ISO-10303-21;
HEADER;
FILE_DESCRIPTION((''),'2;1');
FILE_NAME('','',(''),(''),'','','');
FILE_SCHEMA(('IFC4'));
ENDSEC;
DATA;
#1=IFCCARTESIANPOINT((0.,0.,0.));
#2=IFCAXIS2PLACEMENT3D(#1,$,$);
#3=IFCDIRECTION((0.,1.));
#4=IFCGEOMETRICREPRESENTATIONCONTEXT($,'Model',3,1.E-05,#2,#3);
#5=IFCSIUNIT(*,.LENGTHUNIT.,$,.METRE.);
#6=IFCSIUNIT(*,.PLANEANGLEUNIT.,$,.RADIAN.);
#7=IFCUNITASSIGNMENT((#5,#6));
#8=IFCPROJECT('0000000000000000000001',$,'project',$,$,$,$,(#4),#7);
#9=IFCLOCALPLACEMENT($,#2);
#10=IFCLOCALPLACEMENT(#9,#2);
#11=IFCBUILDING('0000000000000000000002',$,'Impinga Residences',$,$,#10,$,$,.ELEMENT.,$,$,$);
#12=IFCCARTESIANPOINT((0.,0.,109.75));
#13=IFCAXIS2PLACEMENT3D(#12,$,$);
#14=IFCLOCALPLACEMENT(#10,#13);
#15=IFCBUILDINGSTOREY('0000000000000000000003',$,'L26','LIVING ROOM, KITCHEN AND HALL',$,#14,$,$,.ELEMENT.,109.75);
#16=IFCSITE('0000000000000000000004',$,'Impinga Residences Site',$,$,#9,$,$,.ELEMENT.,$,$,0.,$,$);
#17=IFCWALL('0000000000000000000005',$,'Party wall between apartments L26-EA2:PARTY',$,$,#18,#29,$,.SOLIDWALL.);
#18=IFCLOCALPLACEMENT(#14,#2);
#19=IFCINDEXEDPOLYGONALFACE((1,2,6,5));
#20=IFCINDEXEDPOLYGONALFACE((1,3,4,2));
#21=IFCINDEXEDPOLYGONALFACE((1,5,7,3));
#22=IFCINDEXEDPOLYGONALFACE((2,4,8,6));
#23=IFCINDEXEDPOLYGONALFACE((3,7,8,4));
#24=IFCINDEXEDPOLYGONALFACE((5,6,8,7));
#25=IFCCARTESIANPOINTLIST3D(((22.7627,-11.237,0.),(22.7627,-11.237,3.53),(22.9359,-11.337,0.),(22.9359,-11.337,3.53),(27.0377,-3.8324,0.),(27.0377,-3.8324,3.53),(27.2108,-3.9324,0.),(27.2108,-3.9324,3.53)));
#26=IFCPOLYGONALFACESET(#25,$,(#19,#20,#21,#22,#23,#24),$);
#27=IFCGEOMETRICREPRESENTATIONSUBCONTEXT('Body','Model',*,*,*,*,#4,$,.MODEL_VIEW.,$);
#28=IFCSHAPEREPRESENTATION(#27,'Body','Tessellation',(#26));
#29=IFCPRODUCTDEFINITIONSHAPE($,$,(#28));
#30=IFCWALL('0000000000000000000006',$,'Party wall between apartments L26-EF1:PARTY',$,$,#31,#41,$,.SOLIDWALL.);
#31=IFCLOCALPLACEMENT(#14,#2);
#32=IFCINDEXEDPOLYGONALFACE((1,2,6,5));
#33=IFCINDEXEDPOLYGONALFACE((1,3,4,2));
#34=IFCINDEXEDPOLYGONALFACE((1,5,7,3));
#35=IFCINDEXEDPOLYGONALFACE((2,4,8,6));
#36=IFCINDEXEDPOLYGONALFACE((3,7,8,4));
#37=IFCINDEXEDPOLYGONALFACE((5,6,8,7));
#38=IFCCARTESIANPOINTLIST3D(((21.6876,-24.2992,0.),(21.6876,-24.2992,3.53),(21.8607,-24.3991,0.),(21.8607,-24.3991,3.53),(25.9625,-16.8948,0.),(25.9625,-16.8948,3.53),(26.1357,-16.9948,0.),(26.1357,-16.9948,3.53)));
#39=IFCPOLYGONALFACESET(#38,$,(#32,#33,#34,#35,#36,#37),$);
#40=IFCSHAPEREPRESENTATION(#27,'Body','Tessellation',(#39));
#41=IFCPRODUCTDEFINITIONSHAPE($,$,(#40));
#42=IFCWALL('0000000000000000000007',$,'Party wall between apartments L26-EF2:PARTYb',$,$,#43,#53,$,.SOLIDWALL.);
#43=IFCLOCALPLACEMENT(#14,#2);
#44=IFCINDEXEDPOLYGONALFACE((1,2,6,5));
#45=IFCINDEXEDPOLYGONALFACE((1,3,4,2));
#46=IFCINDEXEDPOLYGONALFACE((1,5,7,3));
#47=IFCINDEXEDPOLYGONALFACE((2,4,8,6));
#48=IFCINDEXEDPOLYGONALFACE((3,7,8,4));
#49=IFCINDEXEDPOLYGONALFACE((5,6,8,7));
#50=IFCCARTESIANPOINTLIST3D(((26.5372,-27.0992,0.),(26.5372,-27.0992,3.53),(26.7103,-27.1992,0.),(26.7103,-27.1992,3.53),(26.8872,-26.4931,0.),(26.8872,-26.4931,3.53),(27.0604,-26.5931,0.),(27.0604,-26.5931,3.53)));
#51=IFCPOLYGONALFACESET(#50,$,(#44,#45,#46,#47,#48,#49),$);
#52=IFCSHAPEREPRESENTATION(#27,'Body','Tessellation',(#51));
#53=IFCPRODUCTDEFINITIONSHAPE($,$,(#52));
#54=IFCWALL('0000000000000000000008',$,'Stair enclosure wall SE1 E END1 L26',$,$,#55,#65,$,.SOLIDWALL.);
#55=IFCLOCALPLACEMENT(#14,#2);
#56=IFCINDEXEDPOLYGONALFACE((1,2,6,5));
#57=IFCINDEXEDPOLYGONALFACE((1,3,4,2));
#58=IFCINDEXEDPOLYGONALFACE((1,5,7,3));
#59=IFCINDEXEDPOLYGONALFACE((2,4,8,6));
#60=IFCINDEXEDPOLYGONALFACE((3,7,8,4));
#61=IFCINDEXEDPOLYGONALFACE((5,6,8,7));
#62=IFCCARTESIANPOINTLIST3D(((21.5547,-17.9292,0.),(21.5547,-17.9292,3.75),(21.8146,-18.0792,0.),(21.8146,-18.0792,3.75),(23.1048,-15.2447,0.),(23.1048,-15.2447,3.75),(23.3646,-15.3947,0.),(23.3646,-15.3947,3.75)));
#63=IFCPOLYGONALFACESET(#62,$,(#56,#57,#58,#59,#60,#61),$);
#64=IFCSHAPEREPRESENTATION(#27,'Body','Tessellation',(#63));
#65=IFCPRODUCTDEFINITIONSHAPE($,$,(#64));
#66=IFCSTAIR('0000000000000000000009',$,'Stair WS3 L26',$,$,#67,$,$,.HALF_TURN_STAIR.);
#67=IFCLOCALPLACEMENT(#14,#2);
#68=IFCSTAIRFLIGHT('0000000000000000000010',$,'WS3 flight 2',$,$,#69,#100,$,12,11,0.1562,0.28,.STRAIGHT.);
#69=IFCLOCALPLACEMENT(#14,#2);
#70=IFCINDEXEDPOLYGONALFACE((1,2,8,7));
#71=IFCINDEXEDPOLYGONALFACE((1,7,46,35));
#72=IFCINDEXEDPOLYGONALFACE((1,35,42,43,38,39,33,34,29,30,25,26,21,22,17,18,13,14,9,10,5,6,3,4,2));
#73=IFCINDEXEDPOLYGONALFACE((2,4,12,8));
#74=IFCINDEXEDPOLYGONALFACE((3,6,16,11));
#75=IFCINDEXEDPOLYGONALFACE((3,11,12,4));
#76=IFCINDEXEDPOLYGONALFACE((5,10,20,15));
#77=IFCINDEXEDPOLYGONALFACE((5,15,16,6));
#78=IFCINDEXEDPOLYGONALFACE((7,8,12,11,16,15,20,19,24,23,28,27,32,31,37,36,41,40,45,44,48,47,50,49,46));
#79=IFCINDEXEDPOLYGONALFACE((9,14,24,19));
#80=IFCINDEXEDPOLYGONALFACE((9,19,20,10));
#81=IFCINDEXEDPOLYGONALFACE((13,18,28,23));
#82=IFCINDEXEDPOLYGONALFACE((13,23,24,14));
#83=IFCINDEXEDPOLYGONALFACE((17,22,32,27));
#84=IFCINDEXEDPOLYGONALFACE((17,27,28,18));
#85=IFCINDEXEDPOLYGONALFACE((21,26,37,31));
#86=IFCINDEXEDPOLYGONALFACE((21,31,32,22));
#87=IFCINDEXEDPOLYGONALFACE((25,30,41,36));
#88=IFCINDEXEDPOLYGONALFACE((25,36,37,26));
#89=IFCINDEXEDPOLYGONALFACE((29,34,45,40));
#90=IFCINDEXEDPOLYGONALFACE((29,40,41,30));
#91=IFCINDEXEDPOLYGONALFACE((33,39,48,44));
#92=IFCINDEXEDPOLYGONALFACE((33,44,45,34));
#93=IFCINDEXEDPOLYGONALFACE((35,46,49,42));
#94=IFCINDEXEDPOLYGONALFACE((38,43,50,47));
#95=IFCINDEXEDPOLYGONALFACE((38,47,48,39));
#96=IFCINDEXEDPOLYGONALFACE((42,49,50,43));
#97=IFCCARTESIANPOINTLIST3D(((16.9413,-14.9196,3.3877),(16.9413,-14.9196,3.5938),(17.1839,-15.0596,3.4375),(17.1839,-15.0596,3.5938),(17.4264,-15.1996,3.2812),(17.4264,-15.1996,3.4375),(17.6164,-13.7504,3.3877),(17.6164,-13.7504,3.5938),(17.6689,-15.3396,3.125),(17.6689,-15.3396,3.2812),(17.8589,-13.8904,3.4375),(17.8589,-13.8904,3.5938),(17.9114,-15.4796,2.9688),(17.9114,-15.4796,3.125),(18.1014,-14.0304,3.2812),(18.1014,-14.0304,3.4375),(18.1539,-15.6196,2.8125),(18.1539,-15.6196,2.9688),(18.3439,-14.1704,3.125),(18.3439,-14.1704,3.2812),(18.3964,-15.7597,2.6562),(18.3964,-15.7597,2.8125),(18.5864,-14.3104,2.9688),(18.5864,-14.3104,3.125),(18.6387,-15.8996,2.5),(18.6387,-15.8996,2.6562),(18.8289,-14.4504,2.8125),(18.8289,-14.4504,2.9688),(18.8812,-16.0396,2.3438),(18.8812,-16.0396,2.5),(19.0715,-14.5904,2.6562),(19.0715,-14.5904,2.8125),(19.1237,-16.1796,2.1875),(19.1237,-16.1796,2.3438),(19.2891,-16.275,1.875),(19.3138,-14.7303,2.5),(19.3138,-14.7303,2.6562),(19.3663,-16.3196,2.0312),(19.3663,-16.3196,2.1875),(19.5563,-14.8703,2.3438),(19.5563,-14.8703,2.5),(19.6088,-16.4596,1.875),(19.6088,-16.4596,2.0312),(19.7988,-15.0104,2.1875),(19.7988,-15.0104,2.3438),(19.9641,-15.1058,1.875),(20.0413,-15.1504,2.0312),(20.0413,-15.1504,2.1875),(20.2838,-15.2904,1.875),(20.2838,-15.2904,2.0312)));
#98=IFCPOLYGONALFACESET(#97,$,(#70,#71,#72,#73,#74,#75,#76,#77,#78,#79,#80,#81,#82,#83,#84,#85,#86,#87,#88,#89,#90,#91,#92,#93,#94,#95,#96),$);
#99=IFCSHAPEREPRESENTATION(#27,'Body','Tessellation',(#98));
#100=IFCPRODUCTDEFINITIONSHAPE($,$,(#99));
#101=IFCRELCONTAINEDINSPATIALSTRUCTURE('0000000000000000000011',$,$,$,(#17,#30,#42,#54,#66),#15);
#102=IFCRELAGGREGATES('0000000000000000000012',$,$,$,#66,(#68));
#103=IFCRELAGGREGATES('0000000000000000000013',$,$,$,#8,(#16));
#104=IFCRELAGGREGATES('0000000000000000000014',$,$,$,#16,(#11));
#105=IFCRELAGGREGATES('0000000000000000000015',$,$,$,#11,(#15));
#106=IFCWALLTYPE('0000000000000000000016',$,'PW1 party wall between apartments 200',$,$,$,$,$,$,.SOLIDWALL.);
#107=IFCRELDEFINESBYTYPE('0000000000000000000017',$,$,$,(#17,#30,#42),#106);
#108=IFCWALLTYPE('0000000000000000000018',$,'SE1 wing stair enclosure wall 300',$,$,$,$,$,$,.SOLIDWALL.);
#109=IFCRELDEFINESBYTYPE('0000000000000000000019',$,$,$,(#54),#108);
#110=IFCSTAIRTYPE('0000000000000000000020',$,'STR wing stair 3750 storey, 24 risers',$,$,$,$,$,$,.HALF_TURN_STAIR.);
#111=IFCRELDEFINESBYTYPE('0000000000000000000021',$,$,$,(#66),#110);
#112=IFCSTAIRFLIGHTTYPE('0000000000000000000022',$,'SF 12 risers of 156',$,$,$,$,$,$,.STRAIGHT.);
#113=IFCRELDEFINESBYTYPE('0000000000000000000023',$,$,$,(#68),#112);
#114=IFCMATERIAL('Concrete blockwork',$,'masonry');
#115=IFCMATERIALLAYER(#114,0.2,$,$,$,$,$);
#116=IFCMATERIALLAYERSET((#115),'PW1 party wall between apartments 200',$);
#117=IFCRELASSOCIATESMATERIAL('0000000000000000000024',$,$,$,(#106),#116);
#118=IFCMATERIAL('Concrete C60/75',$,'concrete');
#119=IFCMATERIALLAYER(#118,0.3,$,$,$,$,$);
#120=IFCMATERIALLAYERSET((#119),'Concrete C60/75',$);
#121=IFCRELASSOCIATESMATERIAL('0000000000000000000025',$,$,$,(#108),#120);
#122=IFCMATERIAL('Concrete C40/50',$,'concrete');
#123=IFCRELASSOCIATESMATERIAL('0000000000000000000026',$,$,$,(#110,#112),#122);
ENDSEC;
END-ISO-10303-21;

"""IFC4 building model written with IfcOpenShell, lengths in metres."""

from ifc_helpers import new_model, si_unit, direction, frame, frame_2d, origin, place, context, subcontext, project, spatial, polyline, rectangle, outline, extrude, material, layer, layer_set, type_object, element, aggregate, save


model = new_model("IFC4")

# Units and contexts
model_context = context("Model", 3, precision=1e-05, world=origin(), true_north=direction((0.0, 1.0)))
body_context = subcontext(model_context, "Body", "Model", "MODEL_VIEW")
ifc_project = project(units=[si_unit("LENGTHUNIT", "METRE"), si_unit("PLANEANGLEUNIT", "RADIAN")], contexts=[model_context])

# Site, building, storey
site_placement = place(None, origin())
site = spatial("IfcSite", under=ifc_project, at=site_placement, Name="Impinga Residences Site", CompositionType="ELEMENT", RefElevation=0.0)
building_placement = place(site_placement, origin())
building = spatial("IfcBuilding", under=site, at=building_placement, Name="Impinga Residences", CompositionType="ELEMENT")
storey_placement = place(building_placement, frame((0.0, 0.0, 109.75)))
storey = spatial("IfcBuildingStorey", under=building, at=storey_placement, Name="L26", Description="LIVING ROOM, KITCHEN AND HALL", CompositionType="ELEMENT", Elevation=109.75)

# Shared definitions
ifc_material_1 = material(Name="Concrete C60/75", Category="concrete")

# Walls
ifc_material_2 = material(Name="Concrete blockwork", Category="masonry")
ifc_layer_1 = layer(ifc_material_2, 0.2)
ifc_layer_set_1 = layer_set([ifc_layer_1], Name="PW1 party wall between apartments 200")
wall_type_1 = type_object("IfcWallType", Name="PW1 party wall between apartments 200", PredefinedType="SOLIDWALL", material=ifc_layer_set_1)
wall_1_placement = place(storey_placement, frame((22.8494, -11.2869, 0.0), z_axis=(0.0, 0.0, 1.0), x_axis=(0.49999, 0.866031, 0.0)))
element("IfcWall", 1, at=wall_1_placement, inside=storey, type_object=wall_type_1, Name="Party wall between apartments L26-EA2:PARTY", PredefinedType="SOLIDWALL", context=body_context, shape_type="SweptSolid", body=[
    extrude(rectangle(XDim=8.55, YDim=0.2, at=frame_2d((4.2749, 0.0))), origin(), (0.0, 0.0, 1.0), 3.53),
])
wall_2_placement = place(storey_placement, frame((26.0491, -16.9448, 0.0), z_axis=(0.0, 0.0, 1.0), x_axis=(-0.500003, -0.866024, 0.0)))
element("IfcWall", 2, at=wall_2_placement, inside=storey, type_object=wall_type_1, Name="Party wall between apartments L26-EF1:PARTY", PredefinedType="SOLIDWALL", context=body_context, shape_type="SweptSolid", body=[
    extrude(rectangle(XDim=8.5498, YDim=0.2, at=frame_2d((4.2749, 0.0))), origin(), (0.0, 0.0, 1.0), 3.53),
])
wall_3_placement = place(storey_placement, frame((26.9739, -26.543, 0.0), z_axis=(0.0, 0.0, 1.0), x_axis=(-0.500115, -0.865959, 0.0)))
element("IfcWall", 3, at=wall_3_placement, inside=storey, type_object=wall_type_1, Name="Party wall between apartments L26-EF2:PARTYb", PredefinedType="SOLIDWALL", context=body_context, shape_type="SweptSolid", body=[
    extrude(rectangle(XDim=0.7, YDim=0.2, at=frame_2d((0.3501, 0.0))), origin(), (0.0, 0.0, 1.0), 3.53),
])
ifc_layer_2 = layer(ifc_material_1, 0.3)
ifc_layer_set_2 = layer_set([ifc_layer_2], Name="Concrete C60/75")
wall_type_2 = type_object("IfcWallType", Name="SE1 wing stair enclosure wall 300", PredefinedType="SOLIDWALL", material=ifc_layer_set_2)
wall_4_placement = place(storey_placement, frame((23.2346, -15.3198, 0.0), z_axis=(0.0, 0.0, 1.0), x_axis=(-0.500027, -0.86601, 0.0)))
element("IfcWall", 4, at=wall_4_placement, inside=storey, type_object=wall_type_2, Name="Stair enclosure wall SE1 E END1 L26", PredefinedType="SOLIDWALL", context=body_context, shape_type="SweptSolid", body=[
    extrude(rectangle(XDim=3.0999, YDim=0.3, at=frame_2d((1.5498, 0.0))), origin(), (0.0, 0.0, 1.0), 3.75),
])

# Stair, stair flight
ifc_material_3 = material(Name="Concrete C40/50", Category="concrete")
stair_type = type_object("IfcStairType", Name="STR wing stair 3750 storey, 24 risers", PredefinedType="HALF_TURN_STAIR", material=ifc_material_3)
stair_placement = place(storey_placement, origin())
stair = element("IfcStair", 5, at=stair_placement, inside=storey, type_object=stair_type, Name="Stair WS3 L26", PredefinedType="HALF_TURN_STAIR")
stair_flight_type = type_object("IfcStairFlightType", Name="SF 12 risers of 156", PredefinedType="STRAIGHT", material=ifc_material_3)
stair_flight_placement = place(storey_placement, frame((19.9463, -15.875, 1.875), z_axis=(0.0, 0.0, 1.0), x_axis=(-0.866025, 0.5, 0.0)))
stair_flight = element("IfcStairFlight", 6, at=stair_flight_placement, type_object=stair_flight_type, Name="WS3 flight 2", NumberOfRisers=12, NumberOfTreads=11, PredefinedType="STRAIGHT", RiserHeight=0.1562, TreadLength=0.28, context=body_context, shape_type="SweptSolid", body=[
    extrude(outline(polyline([(0.0, 0.0), (0.0, 0.1562), (0.28, 0.1562), (0.28, 0.3125), (0.5601, 0.3125), (0.5601, 0.4688), (0.8401, 0.4688), (0.8401, 0.625), (1.1201, 0.625), (1.1201, 0.7812), (1.3999, 0.7812), (1.3999, 0.9375), (1.6799, 0.9375), (1.6799, 1.0938), (1.96, 1.0938), (1.96, 1.25), (2.24, 1.25), (2.24, 1.4062), (2.52, 1.4062), (2.52, 1.5625), (2.8, 1.5625), (2.8, 1.7188), (3.0801, 1.7188), (3.0801, 1.875), (3.0801, 1.5127), (0.3691, 0.0), (0.0, 0.0)])), frame((0.0, 0.675, 0.0), z_axis=(0.0, -1.0, 0.0), x_axis=(1.0, 0.0, 0.0)), (0.0, 0.0, 1.0), 1.3501),
])
aggregate(stair, [stair_flight])

save(model, "model.ifc")
